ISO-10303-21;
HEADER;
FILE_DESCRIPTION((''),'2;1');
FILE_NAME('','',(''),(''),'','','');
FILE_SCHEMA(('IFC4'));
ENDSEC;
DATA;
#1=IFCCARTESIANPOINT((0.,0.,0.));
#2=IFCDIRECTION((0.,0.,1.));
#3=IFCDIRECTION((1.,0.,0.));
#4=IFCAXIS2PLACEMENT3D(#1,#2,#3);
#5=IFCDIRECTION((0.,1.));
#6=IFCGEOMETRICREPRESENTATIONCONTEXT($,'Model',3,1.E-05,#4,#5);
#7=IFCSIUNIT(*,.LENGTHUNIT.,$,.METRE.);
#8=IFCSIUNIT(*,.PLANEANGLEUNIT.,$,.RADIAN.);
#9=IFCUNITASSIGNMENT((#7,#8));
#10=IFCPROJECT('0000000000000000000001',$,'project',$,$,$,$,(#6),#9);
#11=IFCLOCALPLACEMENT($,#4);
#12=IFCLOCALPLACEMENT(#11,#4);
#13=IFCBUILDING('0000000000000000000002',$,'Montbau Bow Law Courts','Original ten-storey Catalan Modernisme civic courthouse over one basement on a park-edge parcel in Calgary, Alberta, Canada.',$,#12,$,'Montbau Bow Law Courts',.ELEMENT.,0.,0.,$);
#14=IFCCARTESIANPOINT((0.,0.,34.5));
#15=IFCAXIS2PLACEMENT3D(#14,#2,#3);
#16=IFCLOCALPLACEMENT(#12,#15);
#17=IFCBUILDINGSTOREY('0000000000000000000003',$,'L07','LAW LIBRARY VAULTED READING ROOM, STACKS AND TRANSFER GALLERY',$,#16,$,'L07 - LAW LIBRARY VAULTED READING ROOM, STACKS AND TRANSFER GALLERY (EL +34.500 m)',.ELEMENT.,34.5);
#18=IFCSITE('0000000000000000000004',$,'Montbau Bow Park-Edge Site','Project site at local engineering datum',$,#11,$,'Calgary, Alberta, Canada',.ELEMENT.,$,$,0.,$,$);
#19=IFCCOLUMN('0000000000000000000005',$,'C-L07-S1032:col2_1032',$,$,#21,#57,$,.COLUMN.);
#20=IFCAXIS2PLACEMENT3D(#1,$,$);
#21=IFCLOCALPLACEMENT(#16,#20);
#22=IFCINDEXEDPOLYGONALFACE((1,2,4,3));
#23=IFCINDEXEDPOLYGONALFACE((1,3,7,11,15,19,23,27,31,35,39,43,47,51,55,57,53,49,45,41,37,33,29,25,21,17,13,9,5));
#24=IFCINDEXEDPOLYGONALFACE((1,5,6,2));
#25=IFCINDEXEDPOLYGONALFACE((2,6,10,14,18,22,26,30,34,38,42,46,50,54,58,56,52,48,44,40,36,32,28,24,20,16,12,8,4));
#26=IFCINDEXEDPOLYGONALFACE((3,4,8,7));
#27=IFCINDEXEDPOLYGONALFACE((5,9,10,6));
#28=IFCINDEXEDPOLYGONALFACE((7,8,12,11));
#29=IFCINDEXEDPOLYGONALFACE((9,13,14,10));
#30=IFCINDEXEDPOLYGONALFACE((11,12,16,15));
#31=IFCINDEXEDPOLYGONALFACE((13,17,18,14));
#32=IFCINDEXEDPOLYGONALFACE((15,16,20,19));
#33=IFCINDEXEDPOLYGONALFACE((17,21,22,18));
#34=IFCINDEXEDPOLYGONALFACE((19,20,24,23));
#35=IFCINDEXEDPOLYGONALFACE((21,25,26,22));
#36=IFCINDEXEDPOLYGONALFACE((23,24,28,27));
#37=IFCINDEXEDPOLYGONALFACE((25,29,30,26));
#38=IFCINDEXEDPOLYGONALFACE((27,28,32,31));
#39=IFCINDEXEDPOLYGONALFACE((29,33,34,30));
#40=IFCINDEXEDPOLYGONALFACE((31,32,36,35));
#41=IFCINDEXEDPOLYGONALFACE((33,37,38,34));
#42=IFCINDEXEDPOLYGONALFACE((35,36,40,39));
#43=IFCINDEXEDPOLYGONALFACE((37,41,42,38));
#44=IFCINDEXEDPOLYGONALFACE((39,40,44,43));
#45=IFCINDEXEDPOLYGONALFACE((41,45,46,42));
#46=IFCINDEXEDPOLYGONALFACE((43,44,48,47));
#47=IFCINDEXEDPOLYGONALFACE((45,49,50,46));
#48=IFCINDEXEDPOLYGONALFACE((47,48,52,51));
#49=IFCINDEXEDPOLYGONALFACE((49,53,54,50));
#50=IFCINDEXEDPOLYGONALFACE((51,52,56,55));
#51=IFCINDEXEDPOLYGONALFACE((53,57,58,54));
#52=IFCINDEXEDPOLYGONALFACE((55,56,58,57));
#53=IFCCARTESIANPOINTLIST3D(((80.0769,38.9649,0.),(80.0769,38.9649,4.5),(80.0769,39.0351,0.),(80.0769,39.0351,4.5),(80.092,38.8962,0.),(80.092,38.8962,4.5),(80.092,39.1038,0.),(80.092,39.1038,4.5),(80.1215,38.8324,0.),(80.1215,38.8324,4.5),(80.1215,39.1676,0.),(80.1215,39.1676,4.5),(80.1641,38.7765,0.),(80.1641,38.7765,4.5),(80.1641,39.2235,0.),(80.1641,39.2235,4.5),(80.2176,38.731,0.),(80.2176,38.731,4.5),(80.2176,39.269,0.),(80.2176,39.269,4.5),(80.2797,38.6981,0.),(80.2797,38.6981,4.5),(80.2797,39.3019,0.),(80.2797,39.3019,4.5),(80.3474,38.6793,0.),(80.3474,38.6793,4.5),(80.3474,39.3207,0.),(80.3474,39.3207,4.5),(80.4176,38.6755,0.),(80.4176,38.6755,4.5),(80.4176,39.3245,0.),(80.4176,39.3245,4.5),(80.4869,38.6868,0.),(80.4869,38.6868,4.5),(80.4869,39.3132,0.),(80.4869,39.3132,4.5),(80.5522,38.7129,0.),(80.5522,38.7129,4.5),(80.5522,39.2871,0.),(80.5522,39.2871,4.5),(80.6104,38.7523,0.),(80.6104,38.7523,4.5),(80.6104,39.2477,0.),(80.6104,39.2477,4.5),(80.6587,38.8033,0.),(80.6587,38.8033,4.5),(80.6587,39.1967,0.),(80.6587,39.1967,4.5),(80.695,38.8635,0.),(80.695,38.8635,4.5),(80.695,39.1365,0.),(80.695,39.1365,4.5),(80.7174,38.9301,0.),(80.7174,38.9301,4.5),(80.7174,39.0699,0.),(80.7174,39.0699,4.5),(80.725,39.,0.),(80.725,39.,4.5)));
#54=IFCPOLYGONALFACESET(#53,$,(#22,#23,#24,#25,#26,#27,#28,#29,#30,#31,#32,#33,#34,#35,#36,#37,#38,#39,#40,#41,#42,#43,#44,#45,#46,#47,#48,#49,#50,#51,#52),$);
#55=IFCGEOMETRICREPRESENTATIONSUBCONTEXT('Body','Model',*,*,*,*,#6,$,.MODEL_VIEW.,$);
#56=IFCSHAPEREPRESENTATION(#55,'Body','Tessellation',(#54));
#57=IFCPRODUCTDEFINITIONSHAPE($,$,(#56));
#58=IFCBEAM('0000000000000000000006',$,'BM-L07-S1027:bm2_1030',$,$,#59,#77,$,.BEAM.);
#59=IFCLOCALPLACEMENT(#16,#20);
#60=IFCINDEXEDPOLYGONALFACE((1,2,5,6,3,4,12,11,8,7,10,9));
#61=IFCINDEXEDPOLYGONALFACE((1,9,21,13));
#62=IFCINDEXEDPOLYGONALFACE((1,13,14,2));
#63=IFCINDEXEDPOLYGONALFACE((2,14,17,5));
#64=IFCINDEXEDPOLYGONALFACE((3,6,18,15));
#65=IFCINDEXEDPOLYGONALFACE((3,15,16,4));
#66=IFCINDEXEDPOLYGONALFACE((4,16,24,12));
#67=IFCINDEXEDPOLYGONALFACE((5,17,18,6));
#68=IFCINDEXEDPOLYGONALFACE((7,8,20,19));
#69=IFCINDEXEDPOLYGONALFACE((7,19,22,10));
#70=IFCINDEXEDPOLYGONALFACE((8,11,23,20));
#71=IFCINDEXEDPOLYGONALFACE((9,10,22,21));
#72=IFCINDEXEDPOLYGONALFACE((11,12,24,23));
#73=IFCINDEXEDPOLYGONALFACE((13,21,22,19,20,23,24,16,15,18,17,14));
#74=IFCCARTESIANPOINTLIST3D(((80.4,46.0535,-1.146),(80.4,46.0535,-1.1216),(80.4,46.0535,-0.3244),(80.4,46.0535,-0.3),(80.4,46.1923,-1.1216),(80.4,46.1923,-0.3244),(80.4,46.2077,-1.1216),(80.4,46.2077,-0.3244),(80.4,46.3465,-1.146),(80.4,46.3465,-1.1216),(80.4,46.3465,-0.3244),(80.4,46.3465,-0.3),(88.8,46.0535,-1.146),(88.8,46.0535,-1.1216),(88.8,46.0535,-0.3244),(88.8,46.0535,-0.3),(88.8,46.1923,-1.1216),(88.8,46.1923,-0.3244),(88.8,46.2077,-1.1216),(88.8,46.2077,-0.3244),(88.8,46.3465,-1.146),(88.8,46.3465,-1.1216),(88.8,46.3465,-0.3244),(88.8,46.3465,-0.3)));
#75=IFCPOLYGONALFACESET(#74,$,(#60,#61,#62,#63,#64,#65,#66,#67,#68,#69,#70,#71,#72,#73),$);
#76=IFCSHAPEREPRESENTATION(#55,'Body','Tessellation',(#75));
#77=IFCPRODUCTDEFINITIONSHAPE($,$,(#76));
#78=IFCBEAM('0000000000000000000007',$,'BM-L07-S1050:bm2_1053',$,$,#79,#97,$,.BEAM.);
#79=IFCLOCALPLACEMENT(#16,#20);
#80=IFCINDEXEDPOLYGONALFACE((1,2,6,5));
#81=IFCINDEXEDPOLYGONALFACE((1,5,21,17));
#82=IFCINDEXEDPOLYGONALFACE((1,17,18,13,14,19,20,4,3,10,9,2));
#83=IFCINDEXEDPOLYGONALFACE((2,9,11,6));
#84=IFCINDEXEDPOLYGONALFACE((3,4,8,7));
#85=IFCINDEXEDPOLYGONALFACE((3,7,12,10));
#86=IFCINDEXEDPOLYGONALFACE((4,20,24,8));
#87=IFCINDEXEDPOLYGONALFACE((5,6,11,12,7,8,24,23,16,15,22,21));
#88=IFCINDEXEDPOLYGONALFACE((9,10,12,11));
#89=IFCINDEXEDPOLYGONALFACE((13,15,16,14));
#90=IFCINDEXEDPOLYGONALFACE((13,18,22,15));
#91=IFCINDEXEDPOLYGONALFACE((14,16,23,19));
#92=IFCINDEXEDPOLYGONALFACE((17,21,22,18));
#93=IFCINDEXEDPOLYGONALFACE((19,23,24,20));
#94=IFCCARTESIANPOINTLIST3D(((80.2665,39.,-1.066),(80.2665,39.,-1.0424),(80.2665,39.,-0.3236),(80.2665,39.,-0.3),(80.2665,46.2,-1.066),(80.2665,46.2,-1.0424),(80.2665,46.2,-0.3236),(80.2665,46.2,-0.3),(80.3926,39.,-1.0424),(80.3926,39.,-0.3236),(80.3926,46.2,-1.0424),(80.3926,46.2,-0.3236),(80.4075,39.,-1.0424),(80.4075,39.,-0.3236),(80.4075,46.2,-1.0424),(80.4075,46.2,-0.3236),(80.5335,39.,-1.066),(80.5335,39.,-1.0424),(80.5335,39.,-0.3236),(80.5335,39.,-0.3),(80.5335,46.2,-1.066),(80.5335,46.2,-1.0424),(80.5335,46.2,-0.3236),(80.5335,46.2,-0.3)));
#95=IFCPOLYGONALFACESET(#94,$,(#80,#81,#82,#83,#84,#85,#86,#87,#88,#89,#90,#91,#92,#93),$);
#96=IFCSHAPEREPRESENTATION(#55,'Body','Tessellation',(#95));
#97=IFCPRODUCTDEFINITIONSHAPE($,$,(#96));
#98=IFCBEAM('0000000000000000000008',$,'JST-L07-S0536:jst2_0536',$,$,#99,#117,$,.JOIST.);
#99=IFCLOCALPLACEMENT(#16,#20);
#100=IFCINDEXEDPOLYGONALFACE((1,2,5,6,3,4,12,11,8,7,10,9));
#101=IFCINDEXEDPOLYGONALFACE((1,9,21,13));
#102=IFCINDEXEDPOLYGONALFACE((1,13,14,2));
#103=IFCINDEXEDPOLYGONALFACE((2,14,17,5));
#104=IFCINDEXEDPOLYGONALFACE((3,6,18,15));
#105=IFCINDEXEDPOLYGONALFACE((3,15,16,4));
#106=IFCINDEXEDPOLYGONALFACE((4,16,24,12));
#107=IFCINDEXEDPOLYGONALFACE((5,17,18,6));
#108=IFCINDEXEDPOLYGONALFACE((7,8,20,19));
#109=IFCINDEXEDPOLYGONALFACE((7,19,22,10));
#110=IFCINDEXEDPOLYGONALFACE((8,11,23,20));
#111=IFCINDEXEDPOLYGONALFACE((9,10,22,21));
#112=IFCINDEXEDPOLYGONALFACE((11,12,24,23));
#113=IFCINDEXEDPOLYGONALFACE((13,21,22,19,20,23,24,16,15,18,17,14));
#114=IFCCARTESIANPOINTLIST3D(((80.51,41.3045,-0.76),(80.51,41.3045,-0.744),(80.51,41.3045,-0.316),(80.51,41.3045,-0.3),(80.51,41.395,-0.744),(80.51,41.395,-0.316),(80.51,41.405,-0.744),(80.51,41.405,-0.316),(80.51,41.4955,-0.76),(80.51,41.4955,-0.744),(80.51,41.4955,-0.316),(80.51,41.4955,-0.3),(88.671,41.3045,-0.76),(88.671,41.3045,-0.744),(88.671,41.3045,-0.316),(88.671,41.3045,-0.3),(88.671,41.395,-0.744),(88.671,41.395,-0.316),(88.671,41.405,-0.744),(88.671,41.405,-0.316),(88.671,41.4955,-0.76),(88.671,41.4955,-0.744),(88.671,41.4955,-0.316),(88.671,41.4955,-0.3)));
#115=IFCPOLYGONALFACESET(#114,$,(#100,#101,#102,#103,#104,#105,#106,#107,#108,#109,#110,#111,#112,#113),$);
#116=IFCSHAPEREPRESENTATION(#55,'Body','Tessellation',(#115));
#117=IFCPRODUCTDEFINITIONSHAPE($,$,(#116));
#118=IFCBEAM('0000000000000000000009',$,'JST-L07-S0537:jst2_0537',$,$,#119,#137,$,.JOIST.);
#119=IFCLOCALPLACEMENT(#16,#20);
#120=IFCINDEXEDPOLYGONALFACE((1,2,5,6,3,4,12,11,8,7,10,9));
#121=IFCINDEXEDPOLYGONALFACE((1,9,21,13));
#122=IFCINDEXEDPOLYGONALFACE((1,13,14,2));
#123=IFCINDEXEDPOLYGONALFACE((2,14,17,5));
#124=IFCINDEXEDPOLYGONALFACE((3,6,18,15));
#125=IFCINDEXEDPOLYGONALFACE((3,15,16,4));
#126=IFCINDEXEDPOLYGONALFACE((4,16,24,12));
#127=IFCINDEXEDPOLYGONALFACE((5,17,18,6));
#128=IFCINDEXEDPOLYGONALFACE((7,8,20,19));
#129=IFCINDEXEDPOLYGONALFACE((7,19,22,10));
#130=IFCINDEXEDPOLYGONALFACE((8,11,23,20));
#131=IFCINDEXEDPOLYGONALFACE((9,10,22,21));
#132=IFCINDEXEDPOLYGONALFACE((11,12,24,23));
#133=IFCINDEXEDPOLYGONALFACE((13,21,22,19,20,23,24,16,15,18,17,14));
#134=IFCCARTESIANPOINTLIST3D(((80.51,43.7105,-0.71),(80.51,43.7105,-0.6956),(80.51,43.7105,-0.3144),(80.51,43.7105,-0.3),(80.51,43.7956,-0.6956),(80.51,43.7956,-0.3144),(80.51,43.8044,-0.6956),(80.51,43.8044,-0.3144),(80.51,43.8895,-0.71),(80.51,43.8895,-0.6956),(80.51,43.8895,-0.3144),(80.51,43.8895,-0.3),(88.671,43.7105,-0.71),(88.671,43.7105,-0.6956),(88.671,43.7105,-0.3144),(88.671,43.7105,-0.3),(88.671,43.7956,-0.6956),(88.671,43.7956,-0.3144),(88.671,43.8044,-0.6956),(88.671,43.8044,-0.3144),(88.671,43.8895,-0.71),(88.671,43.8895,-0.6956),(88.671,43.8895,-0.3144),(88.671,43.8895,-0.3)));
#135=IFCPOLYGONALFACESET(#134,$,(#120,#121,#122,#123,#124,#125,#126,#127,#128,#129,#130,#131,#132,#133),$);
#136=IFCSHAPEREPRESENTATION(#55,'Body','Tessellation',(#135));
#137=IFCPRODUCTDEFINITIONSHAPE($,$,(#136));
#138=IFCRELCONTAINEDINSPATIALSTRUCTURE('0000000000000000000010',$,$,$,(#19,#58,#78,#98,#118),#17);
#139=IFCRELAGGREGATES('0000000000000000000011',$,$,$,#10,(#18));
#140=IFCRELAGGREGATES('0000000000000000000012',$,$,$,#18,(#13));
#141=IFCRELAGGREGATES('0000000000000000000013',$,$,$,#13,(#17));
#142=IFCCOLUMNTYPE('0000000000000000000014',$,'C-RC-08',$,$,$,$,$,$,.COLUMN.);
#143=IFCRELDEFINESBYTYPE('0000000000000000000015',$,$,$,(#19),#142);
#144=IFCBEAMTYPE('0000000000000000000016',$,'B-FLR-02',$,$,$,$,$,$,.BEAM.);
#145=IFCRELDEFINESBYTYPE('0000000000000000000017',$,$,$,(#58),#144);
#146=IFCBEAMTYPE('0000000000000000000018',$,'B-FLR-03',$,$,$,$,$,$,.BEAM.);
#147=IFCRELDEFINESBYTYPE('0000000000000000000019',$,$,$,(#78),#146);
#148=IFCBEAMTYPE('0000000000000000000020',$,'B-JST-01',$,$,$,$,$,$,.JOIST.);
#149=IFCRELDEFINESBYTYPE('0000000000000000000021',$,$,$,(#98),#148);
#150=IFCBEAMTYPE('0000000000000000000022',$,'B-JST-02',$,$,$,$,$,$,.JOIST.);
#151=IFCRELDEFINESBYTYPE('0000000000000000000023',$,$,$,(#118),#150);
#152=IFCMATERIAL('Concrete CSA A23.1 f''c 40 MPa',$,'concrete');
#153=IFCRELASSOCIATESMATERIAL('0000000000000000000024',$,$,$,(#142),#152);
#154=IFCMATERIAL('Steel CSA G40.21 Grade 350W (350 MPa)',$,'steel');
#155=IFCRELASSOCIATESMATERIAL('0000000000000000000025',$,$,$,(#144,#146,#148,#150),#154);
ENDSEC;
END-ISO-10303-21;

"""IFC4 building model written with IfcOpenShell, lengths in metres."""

from ifc_helpers import new_model, si_unit, direction, frame, origin_with_axes, origin_2d_with_axis, place, context, subcontext, project, spatial, circle, i_section, extrude, material, material_profile, profile_set, type_object, element, save


model = new_model("IFC4")

# Units and contexts
model_context = context("Model", 3, precision=1e-05, world=origin_with_axes(), true_north=direction((0.0, 1.0)))
body_context = subcontext(model_context, "Body", "Model", "MODEL_VIEW")
ifc_project = project(units=[si_unit("LENGTHUNIT", "METRE"), si_unit("PLANEANGLEUNIT", "RADIAN")], contexts=[model_context])

# Site, building, storey
site_placement = place(None, origin_with_axes())
site = spatial("IfcSite", under=ifc_project, at=site_placement, Name="Montbau Bow Park-Edge Site", Description="Project site at local engineering datum", LongName="Calgary, Alberta, Canada", CompositionType="ELEMENT", RefElevation=0.0)
building_placement = place(site_placement, origin_with_axes())
building = spatial("IfcBuilding", under=site, at=building_placement, Name="Montbau Bow Law Courts", Description="Original ten-storey Catalan Modernisme civic courthouse over one basement on a park-edge parcel in Calgary, Alberta, Canada.", LongName="Montbau Bow Law Courts", CompositionType="ELEMENT", ElevationOfRefHeight=0.0, ElevationOfTerrain=0.0)
storey_placement = place(building_placement, frame((0.0, 0.0, 34.5), z_axis=(0.0, 0.0, 1.0), x_axis=(1.0, 0.0, 0.0)))
storey = spatial("IfcBuildingStorey", under=building, at=storey_placement, Name="L07", Description="LAW LIBRARY VAULTED READING ROOM, STACKS AND TRANSFER GALLERY", LongName="L07 - LAW LIBRARY VAULTED READING ROOM, STACKS AND TRANSFER GALLERY (EL +34.500 m)", CompositionType="ELEMENT", Elevation=34.5)

# Column
ifc_material_1 = material(Name="Concrete CSA A23.1 f'c 40 MPa", Category="concrete")
ifc_material_profile_1 = material_profile(ifc_material_1, circle(Radius=0.325, at=origin_2d_with_axis()), Name="RC650D", Category="Main", Priority=0)
ifc_profile_set_1 = profile_set([ifc_material_profile_1], Name="Concrete CSA A23.1 f'c 40 MPa")
column_type = type_object("IfcColumnType", Name="C-RC-08", PredefinedType="COLUMN", material=ifc_profile_set_1)
column_placement = place(None, frame((80.4, 39.0, 34.5), z_axis=(0.0, 0.0, 1.0), x_axis=(1.0, 0.0, 0.0)))
element("IfcColumn", 1, at=column_placement, inside=storey, type_object=column_type, Name="C-L07-S1032:col2_1032", PredefinedType="COLUMN", context=body_context, shape_type="SweptSolid", body=[
    extrude(circle(Radius=0.325, at=origin_2d_with_axis()), origin_with_axes(), (0.0, 0.0, 1.0), 4.5),
])

# Beams
ifc_material_2 = material(Name="Steel CSA G40.21 Grade 350W (350 MPa)", Category="steel")
ifc_material_profile_2 = material_profile(ifc_material_2, i_section(OverallWidth=0.293, OverallDepth=0.846, WebThickness=0.0154, FlangeThickness=0.0244, at=origin_2d_with_axis()), Name="W840X210", Category="Main", Priority=0)
ifc_profile_set_2 = profile_set([ifc_material_profile_2], Name="Steel CSA G40.21 Grade 350W (350 MPa)")
beam_type_1 = type_object("IfcBeamType", Name="B-FLR-02", PredefinedType="BEAM", material=ifc_profile_set_2)
beam_1_placement = place(None, frame((80.4, 46.2, 33.777), z_axis=(1.0, 0.0, 0.0), x_axis=(0.0, 1.0, 0.0)))
element("IfcBeam", 2, at=beam_1_placement, inside=storey, type_object=beam_type_1, Name="BM-L07-S1027:bm2_1030", PredefinedType="BEAM", context=body_context, shape_type="SweptSolid", body=[
    extrude(i_section(OverallWidth=0.293, OverallDepth=0.846, WebThickness=0.0154, FlangeThickness=0.0244, at=origin_2d_with_axis()), origin_with_axes(), (0.0, 0.0, 1.0), 8.4),
])
ifc_material_profile_3 = material_profile(ifc_material_2, i_section(OverallWidth=0.267, OverallDepth=0.766, WebThickness=0.0149, FlangeThickness=0.0236, at=origin_2d_with_axis()), Name="W760X185", Category="Main", Priority=0)
ifc_profile_set_3 = profile_set([ifc_material_profile_3], Name="Steel CSA G40.21 Grade 350W (350 MPa)")
beam_type_2 = type_object("IfcBeamType", Name="B-FLR-03", PredefinedType="BEAM", material=ifc_profile_set_3)
beam_2_placement = place(None, frame((80.4, 39.0, 33.817), z_axis=(0.0, 1.0, 0.0), x_axis=(-1.0, 0.0, 0.0)))
element("IfcBeam", 3, at=beam_2_placement, inside=storey, type_object=beam_type_2, Name="BM-L07-S1050:bm2_1053", PredefinedType="BEAM", context=body_context, shape_type="SweptSolid", body=[
    extrude(i_section(OverallWidth=0.267, OverallDepth=0.766, WebThickness=0.0149, FlangeThickness=0.0236, at=origin_2d_with_axis()), origin_with_axes(), (0.0, 0.0, 1.0), 7.2),
])
ifc_material_profile_4 = material_profile(ifc_material_2, i_section(OverallWidth=0.191, OverallDepth=0.46, WebThickness=0.0099, FlangeThickness=0.016, at=origin_2d_with_axis()), Name="W460X82", Category="Main", Priority=0)
ifc_profile_set_4 = profile_set([ifc_material_profile_4], Name="Steel CSA G40.21 Grade 350W (350 MPa)")
beam_type_3 = type_object("IfcBeamType", Name="B-JST-01", PredefinedType="JOIST", material=ifc_profile_set_4)
beam_3_placement = place(None, frame((80.51, 41.4, 33.97), z_axis=(1.0, 0.0, 0.0), x_axis=(0.0, 1.0, 0.0)))
element("IfcBeam", 4, at=beam_3_placement, inside=storey, type_object=beam_type_3, Name="JST-L07-S0536:jst2_0536", PredefinedType="JOIST", context=body_context, shape_type="SweptSolid", body=[
    extrude(i_section(OverallWidth=0.191, OverallDepth=0.46, WebThickness=0.0099, FlangeThickness=0.016, at=origin_2d_with_axis()), origin_with_axes(), (0.0, 0.0, 1.0), 8.161),
])
ifc_material_profile_5 = material_profile(ifc_material_2, i_section(OverallWidth=0.179, OverallDepth=0.41, WebThickness=0.0088, FlangeThickness=0.0144, at=origin_2d_with_axis()), Name="W410X67", Category="Main", Priority=0)
ifc_profile_set_5 = profile_set([ifc_material_profile_5], Name="Steel CSA G40.21 Grade 350W (350 MPa)")
beam_type_4 = type_object("IfcBeamType", Name="B-JST-02", PredefinedType="JOIST", material=ifc_profile_set_5)
beam_4_placement = place(None, frame((80.51, 43.8, 33.995), z_axis=(1.0, 0.0, 0.0), x_axis=(0.0, 1.0, 0.0)))
element("IfcBeam", 5, at=beam_4_placement, inside=storey, type_object=beam_type_4, Name="JST-L07-S0537:jst2_0537", PredefinedType="JOIST", context=body_context, shape_type="SweptSolid", body=[
    extrude(i_section(OverallWidth=0.179, OverallDepth=0.41, WebThickness=0.0088, FlangeThickness=0.0144, at=origin_2d_with_axis()), origin_with_axes(), (0.0, 0.0, 1.0), 8.161),
])

save(model, "model.ifc")
